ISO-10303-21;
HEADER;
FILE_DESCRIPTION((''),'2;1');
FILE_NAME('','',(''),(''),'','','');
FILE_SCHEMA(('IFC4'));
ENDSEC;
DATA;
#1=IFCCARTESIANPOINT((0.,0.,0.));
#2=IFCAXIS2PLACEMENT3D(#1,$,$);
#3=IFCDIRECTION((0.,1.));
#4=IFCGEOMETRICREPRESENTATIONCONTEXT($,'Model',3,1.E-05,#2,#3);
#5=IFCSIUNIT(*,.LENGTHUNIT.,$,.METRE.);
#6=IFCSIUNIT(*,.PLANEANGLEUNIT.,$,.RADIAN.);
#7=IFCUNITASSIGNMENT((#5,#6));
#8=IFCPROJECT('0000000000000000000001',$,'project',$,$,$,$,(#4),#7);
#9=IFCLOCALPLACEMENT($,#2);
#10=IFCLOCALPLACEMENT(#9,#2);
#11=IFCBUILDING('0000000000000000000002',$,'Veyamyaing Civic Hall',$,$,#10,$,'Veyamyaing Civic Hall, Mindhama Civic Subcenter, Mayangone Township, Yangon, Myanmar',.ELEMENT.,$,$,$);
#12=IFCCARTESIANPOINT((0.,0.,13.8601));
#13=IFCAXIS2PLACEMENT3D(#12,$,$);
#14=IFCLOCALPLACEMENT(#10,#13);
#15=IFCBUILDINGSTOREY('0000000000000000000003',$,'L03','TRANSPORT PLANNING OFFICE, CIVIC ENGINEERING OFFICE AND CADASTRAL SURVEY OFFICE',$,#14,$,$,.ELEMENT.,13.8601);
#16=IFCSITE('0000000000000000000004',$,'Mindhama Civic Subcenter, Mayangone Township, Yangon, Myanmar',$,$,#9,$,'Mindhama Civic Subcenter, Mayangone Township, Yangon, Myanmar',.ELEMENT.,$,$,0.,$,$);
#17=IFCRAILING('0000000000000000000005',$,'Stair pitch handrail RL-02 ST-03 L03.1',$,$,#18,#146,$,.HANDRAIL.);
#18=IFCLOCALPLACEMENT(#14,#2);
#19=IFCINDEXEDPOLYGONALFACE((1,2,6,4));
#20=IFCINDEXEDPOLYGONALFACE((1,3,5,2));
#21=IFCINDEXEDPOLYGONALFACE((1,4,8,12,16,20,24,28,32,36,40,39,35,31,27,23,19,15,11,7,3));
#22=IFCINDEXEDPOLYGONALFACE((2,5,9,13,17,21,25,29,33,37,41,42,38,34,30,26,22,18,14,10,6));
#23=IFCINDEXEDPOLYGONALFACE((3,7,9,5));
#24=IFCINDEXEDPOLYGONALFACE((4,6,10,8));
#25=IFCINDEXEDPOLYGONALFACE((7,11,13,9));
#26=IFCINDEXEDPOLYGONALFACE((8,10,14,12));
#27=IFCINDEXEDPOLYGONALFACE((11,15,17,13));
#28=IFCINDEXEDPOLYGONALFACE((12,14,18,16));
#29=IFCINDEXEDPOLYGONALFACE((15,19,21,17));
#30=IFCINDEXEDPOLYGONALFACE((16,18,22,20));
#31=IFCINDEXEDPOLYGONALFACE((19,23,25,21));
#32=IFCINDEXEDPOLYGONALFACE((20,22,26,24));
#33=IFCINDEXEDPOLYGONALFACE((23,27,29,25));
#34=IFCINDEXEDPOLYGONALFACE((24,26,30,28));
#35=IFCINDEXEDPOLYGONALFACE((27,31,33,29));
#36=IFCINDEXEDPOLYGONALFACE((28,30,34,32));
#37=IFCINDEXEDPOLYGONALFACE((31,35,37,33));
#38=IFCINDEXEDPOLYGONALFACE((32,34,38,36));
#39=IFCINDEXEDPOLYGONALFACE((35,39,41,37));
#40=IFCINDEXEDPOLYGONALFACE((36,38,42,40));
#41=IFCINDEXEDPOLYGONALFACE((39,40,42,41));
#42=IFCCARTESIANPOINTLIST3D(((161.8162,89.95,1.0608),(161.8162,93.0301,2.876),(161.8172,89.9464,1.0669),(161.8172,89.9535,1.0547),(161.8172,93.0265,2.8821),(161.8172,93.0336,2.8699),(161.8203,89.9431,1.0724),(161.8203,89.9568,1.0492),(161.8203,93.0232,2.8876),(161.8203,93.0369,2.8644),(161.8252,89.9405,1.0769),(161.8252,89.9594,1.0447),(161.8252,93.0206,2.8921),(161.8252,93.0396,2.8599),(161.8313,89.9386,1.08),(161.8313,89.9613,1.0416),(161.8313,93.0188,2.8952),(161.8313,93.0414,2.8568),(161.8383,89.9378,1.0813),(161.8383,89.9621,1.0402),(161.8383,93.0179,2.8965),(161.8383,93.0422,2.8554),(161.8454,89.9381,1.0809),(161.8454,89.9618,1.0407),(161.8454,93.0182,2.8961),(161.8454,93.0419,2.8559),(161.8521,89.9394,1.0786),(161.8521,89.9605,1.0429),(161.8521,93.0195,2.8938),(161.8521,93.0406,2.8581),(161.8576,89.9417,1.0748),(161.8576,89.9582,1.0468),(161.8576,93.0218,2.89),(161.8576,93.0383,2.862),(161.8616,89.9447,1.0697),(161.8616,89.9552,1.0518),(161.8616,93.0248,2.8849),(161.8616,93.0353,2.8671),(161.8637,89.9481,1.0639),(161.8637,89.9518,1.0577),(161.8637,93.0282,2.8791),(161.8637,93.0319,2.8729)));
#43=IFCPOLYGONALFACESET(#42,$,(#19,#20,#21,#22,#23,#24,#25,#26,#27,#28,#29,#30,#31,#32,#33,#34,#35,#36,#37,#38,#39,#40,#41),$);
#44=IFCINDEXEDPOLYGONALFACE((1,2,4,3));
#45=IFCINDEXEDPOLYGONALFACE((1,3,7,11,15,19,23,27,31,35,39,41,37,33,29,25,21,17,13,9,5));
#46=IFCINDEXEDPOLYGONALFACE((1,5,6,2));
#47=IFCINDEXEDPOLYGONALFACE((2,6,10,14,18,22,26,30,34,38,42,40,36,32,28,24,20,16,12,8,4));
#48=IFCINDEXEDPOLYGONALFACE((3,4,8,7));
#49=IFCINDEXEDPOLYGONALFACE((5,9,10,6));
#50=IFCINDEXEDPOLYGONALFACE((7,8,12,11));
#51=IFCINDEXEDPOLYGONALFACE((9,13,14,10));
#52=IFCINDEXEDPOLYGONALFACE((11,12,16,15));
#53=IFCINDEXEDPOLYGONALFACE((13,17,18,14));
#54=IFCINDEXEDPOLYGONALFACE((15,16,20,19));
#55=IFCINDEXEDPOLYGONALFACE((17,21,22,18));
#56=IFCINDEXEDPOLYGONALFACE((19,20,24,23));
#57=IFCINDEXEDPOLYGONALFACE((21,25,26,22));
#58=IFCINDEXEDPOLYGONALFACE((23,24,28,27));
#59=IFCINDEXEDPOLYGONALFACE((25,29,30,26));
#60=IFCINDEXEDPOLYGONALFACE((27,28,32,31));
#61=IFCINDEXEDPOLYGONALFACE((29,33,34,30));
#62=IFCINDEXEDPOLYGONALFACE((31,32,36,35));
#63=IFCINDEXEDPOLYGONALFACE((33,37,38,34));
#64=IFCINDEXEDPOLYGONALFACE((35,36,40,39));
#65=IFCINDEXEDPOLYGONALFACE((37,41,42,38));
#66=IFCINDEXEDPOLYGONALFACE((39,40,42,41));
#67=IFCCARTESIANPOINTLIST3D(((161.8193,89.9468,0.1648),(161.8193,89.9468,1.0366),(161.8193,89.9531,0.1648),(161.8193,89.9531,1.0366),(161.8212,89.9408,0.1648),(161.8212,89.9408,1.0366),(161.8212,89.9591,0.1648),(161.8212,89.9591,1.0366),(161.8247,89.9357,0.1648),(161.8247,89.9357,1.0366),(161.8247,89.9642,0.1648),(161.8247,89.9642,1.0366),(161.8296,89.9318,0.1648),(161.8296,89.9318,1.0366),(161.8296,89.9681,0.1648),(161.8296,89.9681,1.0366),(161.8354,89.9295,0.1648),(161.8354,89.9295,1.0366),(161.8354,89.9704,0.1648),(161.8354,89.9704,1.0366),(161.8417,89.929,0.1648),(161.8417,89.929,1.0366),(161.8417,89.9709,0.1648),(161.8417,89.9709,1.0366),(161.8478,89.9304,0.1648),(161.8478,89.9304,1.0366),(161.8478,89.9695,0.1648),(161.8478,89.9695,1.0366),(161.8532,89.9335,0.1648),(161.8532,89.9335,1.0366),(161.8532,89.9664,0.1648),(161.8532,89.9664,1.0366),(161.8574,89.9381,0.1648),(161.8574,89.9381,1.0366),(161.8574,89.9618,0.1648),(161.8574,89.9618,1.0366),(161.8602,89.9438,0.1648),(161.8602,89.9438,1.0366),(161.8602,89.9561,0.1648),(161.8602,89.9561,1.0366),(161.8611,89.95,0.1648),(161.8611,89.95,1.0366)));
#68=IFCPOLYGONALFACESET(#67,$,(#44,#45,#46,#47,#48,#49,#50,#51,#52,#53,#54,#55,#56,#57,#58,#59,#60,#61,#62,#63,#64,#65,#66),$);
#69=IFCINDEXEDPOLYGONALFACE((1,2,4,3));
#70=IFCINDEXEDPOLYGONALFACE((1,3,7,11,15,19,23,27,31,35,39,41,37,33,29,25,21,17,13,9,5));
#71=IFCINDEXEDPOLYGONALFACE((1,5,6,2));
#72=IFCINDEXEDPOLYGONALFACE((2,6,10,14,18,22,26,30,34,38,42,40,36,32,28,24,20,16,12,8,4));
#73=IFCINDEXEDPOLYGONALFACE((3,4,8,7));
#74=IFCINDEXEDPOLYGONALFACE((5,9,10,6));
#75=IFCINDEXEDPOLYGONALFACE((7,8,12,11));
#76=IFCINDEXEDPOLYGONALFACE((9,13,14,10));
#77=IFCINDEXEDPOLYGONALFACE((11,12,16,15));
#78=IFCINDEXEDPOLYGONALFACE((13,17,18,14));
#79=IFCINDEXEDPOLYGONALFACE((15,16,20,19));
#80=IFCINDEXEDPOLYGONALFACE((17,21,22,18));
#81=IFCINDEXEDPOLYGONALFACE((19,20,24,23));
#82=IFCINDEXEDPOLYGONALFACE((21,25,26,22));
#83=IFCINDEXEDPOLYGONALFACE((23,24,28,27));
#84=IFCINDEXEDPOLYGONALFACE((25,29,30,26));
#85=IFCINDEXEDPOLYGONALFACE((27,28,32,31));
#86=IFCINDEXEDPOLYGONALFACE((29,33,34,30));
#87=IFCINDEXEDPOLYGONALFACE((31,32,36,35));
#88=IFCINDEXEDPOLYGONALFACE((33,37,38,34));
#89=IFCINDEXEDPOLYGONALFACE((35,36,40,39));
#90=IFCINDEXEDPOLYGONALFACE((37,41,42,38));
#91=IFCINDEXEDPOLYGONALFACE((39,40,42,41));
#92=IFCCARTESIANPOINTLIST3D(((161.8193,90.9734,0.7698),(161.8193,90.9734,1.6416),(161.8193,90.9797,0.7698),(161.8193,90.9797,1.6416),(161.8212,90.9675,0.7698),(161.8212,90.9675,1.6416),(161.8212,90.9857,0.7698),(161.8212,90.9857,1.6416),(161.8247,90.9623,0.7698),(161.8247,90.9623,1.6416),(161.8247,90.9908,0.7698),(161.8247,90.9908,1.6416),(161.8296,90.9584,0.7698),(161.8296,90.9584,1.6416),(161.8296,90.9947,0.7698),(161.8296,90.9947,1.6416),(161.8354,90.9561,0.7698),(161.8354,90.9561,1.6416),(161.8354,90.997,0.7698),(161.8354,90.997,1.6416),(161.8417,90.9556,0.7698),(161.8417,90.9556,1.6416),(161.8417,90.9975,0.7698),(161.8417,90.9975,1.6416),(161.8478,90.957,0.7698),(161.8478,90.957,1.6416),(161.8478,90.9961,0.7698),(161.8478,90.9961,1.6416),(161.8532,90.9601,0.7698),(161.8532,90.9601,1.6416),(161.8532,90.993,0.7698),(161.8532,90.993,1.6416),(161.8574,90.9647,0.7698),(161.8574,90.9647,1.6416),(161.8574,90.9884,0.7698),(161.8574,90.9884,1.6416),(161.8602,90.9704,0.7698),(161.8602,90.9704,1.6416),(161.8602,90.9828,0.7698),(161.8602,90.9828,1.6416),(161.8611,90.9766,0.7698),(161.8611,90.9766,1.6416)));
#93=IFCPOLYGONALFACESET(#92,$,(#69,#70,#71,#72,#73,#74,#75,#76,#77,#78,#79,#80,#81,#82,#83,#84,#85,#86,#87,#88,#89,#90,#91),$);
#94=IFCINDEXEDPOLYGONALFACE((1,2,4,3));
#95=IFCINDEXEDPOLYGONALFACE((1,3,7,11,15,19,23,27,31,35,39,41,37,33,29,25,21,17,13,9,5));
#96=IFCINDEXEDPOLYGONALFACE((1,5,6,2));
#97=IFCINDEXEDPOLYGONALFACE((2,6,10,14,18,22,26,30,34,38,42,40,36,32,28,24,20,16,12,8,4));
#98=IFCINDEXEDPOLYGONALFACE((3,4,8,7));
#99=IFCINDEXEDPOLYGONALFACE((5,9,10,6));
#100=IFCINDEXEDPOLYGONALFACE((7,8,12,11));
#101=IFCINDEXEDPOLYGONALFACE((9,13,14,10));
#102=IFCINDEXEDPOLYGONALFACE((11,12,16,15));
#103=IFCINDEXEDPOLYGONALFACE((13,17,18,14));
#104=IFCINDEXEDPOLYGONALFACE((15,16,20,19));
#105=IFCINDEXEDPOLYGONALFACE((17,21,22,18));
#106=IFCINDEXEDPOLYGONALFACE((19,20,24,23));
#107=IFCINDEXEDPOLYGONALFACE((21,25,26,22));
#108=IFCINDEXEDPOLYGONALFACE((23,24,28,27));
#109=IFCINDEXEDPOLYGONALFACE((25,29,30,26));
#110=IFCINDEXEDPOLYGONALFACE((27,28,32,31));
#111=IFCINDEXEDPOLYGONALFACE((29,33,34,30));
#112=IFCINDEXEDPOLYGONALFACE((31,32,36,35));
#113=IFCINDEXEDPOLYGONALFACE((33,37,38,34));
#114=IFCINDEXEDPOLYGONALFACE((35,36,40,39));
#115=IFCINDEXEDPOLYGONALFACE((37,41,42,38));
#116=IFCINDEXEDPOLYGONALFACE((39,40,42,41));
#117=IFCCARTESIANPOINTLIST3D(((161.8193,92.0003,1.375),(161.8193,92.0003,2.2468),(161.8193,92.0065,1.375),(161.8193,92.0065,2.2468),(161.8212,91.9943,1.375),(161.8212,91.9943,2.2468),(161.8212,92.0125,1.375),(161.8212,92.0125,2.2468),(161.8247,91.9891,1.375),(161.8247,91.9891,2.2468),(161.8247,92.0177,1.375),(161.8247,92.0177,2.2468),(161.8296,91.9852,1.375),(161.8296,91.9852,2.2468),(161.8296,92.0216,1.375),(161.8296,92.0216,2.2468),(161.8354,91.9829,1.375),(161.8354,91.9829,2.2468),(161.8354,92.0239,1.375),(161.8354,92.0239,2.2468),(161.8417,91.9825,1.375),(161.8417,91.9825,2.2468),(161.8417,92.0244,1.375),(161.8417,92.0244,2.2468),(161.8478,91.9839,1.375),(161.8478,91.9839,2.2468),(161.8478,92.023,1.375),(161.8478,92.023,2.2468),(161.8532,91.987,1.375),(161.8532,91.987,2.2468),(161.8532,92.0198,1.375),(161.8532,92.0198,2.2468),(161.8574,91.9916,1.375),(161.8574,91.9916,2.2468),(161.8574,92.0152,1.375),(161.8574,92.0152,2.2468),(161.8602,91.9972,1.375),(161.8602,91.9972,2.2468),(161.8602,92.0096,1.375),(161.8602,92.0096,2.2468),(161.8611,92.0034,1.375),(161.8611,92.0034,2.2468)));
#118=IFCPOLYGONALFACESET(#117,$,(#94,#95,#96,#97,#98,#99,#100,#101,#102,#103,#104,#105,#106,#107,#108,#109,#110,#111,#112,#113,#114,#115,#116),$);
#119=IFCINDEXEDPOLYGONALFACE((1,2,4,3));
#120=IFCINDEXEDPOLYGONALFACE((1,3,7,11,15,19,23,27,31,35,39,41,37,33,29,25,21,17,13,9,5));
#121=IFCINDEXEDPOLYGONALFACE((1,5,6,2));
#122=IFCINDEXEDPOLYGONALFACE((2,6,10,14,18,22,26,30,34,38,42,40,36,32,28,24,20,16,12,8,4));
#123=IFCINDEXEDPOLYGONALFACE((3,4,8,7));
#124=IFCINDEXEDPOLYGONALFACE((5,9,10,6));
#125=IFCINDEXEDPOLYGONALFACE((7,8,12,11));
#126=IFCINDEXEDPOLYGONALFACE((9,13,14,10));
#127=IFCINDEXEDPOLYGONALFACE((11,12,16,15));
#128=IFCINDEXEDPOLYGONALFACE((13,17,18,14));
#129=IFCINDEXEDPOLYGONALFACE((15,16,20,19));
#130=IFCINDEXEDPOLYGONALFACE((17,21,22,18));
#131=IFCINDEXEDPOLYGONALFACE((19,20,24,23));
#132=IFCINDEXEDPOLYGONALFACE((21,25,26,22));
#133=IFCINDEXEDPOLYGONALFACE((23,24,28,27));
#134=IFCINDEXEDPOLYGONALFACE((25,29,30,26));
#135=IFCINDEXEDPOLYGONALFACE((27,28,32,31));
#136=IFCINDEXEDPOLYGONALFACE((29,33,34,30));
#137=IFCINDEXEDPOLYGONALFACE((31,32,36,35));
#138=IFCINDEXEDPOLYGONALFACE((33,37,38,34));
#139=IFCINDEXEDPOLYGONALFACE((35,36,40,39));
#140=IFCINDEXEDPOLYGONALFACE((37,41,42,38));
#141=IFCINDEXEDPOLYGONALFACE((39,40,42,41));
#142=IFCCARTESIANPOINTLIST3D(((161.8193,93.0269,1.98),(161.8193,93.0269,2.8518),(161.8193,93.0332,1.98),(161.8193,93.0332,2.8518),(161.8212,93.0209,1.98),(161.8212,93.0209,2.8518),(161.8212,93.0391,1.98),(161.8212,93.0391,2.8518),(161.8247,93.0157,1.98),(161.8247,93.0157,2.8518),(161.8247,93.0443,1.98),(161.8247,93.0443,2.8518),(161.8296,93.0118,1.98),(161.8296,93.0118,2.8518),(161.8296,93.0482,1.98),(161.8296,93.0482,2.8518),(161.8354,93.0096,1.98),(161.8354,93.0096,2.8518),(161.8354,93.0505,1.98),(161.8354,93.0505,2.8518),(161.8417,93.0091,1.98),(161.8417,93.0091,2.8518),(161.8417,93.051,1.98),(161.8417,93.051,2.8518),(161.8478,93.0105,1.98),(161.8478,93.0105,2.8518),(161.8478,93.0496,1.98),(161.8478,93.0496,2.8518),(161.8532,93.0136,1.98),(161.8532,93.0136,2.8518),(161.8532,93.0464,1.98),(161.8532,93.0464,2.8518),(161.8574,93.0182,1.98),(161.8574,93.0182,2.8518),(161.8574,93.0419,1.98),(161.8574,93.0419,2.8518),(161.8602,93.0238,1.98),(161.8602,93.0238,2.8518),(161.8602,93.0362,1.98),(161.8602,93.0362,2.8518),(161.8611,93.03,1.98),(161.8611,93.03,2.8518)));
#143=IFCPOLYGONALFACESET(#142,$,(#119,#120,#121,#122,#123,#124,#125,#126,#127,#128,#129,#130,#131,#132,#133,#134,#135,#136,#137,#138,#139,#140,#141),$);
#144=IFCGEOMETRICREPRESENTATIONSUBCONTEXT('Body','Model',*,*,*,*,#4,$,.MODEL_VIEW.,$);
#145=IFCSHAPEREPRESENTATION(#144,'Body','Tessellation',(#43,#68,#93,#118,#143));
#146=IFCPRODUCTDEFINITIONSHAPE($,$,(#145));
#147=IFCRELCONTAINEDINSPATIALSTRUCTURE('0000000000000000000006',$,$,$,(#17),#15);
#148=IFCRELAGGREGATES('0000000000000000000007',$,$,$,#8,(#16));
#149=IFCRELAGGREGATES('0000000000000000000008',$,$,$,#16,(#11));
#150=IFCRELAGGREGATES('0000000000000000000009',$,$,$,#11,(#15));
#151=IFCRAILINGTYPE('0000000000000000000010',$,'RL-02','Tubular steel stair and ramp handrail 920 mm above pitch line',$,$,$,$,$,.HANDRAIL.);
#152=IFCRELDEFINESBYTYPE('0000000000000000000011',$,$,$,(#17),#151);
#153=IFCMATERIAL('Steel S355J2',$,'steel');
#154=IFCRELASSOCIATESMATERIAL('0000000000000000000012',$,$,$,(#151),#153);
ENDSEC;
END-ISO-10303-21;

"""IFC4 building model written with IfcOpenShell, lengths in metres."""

from ifc_helpers import new_model, si_unit, direction, frame, origin, origin_2d, place, context, subcontext, project, spatial, circle, extrude, material, type_object, element, save


model = new_model("IFC4")

# Units and contexts
model_context = context("Model", 3, precision=1e-05, world=origin(), true_north=direction((0.0, 1.0)))
body_context = subcontext(model_context, "Body", "Model", "MODEL_VIEW")
ifc_project = project(units=[si_unit("LENGTHUNIT", "METRE"), si_unit("PLANEANGLEUNIT", "RADIAN")], contexts=[model_context])

# Site, building, storey
site_placement = place(None, origin())
site = spatial("IfcSite", under=ifc_project, at=site_placement, Name="Mindhama Civic Subcenter, Mayangone Township, Yangon, Myanmar", LongName="Mindhama Civic Subcenter, Mayangone Township, Yangon, Myanmar", CompositionType="ELEMENT", RefElevation=0.0)
building_placement = place(site_placement, origin())
building = spatial("IfcBuilding", under=site, at=building_placement, Name="Veyamyaing Civic Hall", LongName="Veyamyaing Civic Hall, Mindhama Civic Subcenter, Mayangone Township, Yangon, Myanmar", CompositionType="ELEMENT")
storey_placement = place(building_placement, frame((0.0, 0.0, 13.8601)))
storey = spatial("IfcBuildingStorey", under=building, at=storey_placement, Name="L03", Description="TRANSPORT PLANNING OFFICE, CIVIC ENGINEERING OFFICE AND CADASTRAL SURVEY OFFICE", CompositionType="ELEMENT", Elevation=13.8601)

# Shared definitions
ifc_material_1 = material(Name="Steel S355J2", Category="steel")

# Railing
railing_type = type_object("IfcRailingType", Name="RL-02", Description="Tubular steel stair and ramp handrail 920 mm above pitch line", PredefinedType="HANDRAIL", material=ifc_material_1)
railing_1_placement = place(storey_placement, frame((161.8401, 89.95, 0.1648)))
element("IfcRailing", 1, at=railing_1_placement, inside=storey, type_object=railing_type, Name="Stair pitch handrail RL-02 ST-03 L03.1", PredefinedType="HANDRAIL", context=body_context, shape_type="SweptSolid", body=[
    extrude(circle(Radius=0.0239, at=origin_2d()), frame((0.0, 0.0, 0.896), z_axis=(0.0, 0.861521, 0.507721), x_axis=(-1.0, 0.0, 0.0)), (0.0, 0.0, 1.0), 3.5752),
    extrude(circle(Radius=0.021, at=origin_2d()), origin(), (0.0, 0.0, 1.0), 0.8718),
    extrude(circle(Radius=0.021, at=origin_2d()), frame((0.0, 1.0266, 0.605)), (0.0, 0.0, 1.0), 0.8718),
    extrude(circle(Radius=0.021, at=origin_2d()), frame((0.0, 2.0535, 1.2102)), (0.0, 0.0, 1.0), 0.8718),
    extrude(circle(Radius=0.021, at=origin_2d()), frame((0.0, 3.0801, 1.8152)), (0.0, 0.0, 1.0), 0.8718),
])

save(model, "model.ifc")
